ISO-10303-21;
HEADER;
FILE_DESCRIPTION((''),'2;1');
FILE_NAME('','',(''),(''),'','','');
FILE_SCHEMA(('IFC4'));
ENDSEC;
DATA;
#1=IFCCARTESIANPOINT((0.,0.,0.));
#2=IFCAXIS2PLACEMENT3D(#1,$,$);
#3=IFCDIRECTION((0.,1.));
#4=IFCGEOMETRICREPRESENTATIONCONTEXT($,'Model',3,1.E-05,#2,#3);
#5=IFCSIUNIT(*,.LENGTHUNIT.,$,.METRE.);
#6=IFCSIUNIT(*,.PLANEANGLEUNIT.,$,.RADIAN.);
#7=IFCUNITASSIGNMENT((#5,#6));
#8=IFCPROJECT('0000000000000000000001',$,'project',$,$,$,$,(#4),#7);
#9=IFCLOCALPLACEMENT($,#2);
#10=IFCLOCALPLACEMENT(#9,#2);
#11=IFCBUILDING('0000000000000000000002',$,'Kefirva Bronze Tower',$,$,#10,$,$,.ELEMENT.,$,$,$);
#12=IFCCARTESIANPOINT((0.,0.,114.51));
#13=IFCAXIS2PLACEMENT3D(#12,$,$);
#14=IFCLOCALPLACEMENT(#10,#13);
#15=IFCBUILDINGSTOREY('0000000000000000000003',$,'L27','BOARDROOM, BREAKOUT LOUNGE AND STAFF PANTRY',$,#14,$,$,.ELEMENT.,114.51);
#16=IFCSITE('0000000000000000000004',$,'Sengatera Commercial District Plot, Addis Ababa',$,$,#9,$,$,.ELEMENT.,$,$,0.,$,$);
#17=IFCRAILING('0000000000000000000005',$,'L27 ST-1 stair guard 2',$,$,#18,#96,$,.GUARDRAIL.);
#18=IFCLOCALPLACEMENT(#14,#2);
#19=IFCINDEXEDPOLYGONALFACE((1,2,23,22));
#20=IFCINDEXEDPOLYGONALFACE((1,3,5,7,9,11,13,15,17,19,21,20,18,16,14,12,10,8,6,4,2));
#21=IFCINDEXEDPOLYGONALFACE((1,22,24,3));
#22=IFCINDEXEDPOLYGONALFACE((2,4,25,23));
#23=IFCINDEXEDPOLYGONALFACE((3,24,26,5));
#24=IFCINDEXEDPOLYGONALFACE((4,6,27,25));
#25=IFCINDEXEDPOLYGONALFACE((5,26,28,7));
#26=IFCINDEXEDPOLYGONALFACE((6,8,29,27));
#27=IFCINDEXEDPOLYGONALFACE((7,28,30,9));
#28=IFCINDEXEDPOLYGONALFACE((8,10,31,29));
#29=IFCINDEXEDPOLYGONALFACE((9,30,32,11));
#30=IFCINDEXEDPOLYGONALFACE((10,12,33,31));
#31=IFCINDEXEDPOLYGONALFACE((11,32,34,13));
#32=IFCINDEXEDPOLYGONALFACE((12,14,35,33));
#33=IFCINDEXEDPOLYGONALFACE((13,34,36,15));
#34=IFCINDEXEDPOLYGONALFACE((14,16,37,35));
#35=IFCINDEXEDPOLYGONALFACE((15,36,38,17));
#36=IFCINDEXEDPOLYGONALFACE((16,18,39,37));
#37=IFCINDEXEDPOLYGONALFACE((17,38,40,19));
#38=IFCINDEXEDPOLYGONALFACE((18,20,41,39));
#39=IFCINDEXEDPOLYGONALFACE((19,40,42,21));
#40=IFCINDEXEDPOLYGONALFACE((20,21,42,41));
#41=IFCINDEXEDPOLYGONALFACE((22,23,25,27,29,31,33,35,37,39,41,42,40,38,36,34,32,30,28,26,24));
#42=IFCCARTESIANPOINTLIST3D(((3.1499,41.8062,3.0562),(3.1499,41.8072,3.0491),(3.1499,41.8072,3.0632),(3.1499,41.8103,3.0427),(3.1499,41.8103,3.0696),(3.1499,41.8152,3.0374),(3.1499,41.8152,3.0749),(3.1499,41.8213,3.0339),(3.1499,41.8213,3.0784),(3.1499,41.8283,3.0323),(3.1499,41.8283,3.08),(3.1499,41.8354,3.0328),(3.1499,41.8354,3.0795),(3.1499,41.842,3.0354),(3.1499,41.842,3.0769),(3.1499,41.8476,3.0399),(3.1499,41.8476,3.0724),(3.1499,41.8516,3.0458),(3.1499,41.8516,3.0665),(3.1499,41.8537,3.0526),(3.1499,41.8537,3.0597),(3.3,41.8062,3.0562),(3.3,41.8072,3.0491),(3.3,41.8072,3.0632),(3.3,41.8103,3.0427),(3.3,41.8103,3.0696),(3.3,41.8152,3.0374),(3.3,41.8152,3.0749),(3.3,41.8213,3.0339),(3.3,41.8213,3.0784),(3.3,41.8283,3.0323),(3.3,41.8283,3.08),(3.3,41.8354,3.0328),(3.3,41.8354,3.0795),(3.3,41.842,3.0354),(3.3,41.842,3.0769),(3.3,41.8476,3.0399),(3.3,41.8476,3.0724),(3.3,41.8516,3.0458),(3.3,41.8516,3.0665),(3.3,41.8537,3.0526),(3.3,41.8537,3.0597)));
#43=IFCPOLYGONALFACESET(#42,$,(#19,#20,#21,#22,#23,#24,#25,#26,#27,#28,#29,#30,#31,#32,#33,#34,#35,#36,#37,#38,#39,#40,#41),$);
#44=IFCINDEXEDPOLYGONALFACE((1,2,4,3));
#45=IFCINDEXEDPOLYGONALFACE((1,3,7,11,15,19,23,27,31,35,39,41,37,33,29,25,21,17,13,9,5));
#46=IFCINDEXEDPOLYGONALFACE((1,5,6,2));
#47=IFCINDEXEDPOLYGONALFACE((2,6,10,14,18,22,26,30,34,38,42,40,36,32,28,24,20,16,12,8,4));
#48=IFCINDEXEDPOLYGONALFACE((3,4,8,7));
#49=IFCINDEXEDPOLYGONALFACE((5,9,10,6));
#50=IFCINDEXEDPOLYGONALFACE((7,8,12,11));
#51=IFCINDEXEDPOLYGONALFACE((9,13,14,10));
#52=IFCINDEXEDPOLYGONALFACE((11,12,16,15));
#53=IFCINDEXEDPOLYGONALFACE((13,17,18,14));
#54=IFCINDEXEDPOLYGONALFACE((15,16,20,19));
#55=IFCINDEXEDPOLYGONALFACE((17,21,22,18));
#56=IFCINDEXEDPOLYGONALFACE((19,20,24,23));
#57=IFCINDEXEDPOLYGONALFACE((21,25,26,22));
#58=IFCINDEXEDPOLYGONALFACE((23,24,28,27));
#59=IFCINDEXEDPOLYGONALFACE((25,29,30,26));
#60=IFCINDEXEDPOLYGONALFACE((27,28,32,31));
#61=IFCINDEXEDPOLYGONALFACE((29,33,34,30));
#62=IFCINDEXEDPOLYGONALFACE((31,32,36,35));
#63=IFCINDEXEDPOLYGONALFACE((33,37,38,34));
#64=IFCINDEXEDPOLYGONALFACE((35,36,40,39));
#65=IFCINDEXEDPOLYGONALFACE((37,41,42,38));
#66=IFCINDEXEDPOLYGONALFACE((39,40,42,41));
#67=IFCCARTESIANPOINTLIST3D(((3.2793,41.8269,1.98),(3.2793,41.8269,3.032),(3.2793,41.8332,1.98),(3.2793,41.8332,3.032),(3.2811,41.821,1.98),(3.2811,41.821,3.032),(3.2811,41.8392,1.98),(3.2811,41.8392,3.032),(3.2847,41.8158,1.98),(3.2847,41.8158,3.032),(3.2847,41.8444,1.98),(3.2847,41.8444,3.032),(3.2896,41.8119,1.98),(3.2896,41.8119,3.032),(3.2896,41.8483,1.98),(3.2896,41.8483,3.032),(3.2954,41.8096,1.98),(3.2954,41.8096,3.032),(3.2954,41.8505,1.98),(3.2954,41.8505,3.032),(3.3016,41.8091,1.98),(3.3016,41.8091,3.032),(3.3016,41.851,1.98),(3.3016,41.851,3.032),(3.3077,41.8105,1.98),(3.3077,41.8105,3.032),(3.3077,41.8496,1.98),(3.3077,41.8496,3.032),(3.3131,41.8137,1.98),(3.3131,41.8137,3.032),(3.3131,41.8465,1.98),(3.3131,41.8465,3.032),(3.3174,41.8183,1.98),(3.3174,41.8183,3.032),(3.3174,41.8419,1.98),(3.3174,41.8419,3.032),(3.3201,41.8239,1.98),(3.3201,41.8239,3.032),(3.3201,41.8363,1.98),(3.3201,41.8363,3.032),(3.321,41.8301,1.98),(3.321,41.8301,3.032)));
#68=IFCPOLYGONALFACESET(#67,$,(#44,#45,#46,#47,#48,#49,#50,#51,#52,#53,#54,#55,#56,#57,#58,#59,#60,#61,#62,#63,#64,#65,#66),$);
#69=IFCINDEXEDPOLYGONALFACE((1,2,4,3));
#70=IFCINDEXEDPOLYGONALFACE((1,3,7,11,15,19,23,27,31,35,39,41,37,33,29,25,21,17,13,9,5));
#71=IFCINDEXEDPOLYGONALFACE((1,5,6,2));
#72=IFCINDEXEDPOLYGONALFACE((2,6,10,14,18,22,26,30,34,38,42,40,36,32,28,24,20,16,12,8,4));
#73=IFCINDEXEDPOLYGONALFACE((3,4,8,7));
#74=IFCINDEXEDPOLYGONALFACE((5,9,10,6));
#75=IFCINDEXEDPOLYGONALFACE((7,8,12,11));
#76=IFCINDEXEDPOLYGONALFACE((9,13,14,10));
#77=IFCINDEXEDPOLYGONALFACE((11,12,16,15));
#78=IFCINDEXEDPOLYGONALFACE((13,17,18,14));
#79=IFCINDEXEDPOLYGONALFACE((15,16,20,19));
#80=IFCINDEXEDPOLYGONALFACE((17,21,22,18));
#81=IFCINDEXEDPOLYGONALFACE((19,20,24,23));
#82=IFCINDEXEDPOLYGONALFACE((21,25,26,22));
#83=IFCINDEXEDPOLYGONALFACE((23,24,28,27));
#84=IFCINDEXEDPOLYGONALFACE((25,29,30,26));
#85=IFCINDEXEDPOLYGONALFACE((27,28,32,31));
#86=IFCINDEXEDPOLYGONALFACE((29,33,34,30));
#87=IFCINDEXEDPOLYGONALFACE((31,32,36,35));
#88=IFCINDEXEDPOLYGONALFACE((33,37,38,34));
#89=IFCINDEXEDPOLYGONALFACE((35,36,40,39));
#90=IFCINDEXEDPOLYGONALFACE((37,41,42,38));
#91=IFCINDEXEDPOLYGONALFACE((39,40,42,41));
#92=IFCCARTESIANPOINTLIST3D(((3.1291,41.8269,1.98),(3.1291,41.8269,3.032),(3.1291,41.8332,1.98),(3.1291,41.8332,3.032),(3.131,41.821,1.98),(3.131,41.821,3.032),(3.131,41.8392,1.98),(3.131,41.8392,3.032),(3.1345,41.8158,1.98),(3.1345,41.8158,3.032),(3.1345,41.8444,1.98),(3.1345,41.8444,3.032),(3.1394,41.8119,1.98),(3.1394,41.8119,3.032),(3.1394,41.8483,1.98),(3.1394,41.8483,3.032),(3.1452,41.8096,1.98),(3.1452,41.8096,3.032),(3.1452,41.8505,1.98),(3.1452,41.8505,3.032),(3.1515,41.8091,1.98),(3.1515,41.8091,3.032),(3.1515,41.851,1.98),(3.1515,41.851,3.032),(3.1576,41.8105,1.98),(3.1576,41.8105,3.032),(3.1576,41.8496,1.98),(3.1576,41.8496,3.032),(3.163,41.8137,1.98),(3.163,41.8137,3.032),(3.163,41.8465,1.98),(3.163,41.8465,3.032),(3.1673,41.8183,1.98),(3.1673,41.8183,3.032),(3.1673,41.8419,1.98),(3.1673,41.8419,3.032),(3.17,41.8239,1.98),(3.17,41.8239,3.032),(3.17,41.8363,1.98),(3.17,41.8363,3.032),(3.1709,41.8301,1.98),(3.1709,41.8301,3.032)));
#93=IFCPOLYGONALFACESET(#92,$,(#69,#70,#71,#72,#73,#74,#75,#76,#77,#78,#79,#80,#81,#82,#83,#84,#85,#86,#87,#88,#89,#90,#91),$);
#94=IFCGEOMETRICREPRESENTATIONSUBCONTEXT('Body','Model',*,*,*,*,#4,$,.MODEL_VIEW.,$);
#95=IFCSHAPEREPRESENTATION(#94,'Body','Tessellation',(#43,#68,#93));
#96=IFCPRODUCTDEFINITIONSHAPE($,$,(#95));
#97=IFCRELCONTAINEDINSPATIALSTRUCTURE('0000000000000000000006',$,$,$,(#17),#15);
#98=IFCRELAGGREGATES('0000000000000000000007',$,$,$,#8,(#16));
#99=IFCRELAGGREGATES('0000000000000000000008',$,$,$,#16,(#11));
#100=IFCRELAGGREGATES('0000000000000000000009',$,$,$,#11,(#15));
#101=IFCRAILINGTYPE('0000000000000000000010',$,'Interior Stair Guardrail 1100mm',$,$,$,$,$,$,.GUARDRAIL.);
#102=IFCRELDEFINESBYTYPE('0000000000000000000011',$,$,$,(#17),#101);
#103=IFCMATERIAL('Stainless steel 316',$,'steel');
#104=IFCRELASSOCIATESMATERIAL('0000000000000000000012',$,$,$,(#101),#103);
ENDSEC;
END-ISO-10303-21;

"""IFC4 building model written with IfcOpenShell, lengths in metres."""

from ifc_helpers import new_model, si_unit, direction, frame, origin, origin_2d, place, context, subcontext, project, spatial, circle, extrude, material, type_object, element, save


model = new_model("IFC4")

# Units and contexts
model_context = context("Model", 3, precision=1e-05, world=origin(), true_north=direction((0.0, 1.0)))
body_context = subcontext(model_context, "Body", "Model", "MODEL_VIEW")
ifc_project = project(units=[si_unit("LENGTHUNIT", "METRE"), si_unit("PLANEANGLEUNIT", "RADIAN")], contexts=[model_context])

# Site, building, storey
site_placement = place(None, origin())
site = spatial("IfcSite", under=ifc_project, at=site_placement, Name="Sengatera Commercial District Plot, Addis Ababa", CompositionType="ELEMENT", RefElevation=0.0)
building_placement = place(site_placement, origin())
building = spatial("IfcBuilding", under=site, at=building_placement, Name="Kefirva Bronze Tower", CompositionType="ELEMENT")
storey_placement = place(building_placement, frame((0.0, 0.0, 114.51)))
storey = spatial("IfcBuildingStorey", under=building, at=storey_placement, Name="L27", Description="BOARDROOM, BREAKOUT LOUNGE AND STAFF PANTRY", CompositionType="ELEMENT", Elevation=114.51)

# Shared definitions
ifc_material_1 = material(Name="Stainless steel 316", Category="steel")

# Railing
railing_type_1 = type_object("IfcRailingType", Name="Interior Stair Guardrail 1100mm", PredefinedType="GUARDRAIL", material=ifc_material_1)
railing_1_placement = place(storey_placement, frame((3.3, 41.8301, 1.98)))
element("IfcRailing", 1, at=railing_1_placement, inside=storey, type_object=railing_type_1, Name="L27 ST-1 stair guard 2", PredefinedType="GUARDRAIL", context=body_context, shape_type="SweptSolid", body=[
    extrude(circle(Radius=0.0239, at=origin_2d()), frame((0.0, 0.0, 1.0762), z_axis=(-1.0, 0.0, 0.0), x_axis=(0.0, -1.0, 0.0)), (0.0, 0.0, 1.0), 0.1501),
    extrude(circle(Radius=0.021, at=origin_2d()), origin(), (0.0, 0.0, 1.0), 1.052),
    extrude(circle(Radius=0.021, at=origin_2d()), frame((-0.1501, 0.0, 0.0)), (0.0, 0.0, 1.0), 1.052),
])

save(model, "model.ifc")
